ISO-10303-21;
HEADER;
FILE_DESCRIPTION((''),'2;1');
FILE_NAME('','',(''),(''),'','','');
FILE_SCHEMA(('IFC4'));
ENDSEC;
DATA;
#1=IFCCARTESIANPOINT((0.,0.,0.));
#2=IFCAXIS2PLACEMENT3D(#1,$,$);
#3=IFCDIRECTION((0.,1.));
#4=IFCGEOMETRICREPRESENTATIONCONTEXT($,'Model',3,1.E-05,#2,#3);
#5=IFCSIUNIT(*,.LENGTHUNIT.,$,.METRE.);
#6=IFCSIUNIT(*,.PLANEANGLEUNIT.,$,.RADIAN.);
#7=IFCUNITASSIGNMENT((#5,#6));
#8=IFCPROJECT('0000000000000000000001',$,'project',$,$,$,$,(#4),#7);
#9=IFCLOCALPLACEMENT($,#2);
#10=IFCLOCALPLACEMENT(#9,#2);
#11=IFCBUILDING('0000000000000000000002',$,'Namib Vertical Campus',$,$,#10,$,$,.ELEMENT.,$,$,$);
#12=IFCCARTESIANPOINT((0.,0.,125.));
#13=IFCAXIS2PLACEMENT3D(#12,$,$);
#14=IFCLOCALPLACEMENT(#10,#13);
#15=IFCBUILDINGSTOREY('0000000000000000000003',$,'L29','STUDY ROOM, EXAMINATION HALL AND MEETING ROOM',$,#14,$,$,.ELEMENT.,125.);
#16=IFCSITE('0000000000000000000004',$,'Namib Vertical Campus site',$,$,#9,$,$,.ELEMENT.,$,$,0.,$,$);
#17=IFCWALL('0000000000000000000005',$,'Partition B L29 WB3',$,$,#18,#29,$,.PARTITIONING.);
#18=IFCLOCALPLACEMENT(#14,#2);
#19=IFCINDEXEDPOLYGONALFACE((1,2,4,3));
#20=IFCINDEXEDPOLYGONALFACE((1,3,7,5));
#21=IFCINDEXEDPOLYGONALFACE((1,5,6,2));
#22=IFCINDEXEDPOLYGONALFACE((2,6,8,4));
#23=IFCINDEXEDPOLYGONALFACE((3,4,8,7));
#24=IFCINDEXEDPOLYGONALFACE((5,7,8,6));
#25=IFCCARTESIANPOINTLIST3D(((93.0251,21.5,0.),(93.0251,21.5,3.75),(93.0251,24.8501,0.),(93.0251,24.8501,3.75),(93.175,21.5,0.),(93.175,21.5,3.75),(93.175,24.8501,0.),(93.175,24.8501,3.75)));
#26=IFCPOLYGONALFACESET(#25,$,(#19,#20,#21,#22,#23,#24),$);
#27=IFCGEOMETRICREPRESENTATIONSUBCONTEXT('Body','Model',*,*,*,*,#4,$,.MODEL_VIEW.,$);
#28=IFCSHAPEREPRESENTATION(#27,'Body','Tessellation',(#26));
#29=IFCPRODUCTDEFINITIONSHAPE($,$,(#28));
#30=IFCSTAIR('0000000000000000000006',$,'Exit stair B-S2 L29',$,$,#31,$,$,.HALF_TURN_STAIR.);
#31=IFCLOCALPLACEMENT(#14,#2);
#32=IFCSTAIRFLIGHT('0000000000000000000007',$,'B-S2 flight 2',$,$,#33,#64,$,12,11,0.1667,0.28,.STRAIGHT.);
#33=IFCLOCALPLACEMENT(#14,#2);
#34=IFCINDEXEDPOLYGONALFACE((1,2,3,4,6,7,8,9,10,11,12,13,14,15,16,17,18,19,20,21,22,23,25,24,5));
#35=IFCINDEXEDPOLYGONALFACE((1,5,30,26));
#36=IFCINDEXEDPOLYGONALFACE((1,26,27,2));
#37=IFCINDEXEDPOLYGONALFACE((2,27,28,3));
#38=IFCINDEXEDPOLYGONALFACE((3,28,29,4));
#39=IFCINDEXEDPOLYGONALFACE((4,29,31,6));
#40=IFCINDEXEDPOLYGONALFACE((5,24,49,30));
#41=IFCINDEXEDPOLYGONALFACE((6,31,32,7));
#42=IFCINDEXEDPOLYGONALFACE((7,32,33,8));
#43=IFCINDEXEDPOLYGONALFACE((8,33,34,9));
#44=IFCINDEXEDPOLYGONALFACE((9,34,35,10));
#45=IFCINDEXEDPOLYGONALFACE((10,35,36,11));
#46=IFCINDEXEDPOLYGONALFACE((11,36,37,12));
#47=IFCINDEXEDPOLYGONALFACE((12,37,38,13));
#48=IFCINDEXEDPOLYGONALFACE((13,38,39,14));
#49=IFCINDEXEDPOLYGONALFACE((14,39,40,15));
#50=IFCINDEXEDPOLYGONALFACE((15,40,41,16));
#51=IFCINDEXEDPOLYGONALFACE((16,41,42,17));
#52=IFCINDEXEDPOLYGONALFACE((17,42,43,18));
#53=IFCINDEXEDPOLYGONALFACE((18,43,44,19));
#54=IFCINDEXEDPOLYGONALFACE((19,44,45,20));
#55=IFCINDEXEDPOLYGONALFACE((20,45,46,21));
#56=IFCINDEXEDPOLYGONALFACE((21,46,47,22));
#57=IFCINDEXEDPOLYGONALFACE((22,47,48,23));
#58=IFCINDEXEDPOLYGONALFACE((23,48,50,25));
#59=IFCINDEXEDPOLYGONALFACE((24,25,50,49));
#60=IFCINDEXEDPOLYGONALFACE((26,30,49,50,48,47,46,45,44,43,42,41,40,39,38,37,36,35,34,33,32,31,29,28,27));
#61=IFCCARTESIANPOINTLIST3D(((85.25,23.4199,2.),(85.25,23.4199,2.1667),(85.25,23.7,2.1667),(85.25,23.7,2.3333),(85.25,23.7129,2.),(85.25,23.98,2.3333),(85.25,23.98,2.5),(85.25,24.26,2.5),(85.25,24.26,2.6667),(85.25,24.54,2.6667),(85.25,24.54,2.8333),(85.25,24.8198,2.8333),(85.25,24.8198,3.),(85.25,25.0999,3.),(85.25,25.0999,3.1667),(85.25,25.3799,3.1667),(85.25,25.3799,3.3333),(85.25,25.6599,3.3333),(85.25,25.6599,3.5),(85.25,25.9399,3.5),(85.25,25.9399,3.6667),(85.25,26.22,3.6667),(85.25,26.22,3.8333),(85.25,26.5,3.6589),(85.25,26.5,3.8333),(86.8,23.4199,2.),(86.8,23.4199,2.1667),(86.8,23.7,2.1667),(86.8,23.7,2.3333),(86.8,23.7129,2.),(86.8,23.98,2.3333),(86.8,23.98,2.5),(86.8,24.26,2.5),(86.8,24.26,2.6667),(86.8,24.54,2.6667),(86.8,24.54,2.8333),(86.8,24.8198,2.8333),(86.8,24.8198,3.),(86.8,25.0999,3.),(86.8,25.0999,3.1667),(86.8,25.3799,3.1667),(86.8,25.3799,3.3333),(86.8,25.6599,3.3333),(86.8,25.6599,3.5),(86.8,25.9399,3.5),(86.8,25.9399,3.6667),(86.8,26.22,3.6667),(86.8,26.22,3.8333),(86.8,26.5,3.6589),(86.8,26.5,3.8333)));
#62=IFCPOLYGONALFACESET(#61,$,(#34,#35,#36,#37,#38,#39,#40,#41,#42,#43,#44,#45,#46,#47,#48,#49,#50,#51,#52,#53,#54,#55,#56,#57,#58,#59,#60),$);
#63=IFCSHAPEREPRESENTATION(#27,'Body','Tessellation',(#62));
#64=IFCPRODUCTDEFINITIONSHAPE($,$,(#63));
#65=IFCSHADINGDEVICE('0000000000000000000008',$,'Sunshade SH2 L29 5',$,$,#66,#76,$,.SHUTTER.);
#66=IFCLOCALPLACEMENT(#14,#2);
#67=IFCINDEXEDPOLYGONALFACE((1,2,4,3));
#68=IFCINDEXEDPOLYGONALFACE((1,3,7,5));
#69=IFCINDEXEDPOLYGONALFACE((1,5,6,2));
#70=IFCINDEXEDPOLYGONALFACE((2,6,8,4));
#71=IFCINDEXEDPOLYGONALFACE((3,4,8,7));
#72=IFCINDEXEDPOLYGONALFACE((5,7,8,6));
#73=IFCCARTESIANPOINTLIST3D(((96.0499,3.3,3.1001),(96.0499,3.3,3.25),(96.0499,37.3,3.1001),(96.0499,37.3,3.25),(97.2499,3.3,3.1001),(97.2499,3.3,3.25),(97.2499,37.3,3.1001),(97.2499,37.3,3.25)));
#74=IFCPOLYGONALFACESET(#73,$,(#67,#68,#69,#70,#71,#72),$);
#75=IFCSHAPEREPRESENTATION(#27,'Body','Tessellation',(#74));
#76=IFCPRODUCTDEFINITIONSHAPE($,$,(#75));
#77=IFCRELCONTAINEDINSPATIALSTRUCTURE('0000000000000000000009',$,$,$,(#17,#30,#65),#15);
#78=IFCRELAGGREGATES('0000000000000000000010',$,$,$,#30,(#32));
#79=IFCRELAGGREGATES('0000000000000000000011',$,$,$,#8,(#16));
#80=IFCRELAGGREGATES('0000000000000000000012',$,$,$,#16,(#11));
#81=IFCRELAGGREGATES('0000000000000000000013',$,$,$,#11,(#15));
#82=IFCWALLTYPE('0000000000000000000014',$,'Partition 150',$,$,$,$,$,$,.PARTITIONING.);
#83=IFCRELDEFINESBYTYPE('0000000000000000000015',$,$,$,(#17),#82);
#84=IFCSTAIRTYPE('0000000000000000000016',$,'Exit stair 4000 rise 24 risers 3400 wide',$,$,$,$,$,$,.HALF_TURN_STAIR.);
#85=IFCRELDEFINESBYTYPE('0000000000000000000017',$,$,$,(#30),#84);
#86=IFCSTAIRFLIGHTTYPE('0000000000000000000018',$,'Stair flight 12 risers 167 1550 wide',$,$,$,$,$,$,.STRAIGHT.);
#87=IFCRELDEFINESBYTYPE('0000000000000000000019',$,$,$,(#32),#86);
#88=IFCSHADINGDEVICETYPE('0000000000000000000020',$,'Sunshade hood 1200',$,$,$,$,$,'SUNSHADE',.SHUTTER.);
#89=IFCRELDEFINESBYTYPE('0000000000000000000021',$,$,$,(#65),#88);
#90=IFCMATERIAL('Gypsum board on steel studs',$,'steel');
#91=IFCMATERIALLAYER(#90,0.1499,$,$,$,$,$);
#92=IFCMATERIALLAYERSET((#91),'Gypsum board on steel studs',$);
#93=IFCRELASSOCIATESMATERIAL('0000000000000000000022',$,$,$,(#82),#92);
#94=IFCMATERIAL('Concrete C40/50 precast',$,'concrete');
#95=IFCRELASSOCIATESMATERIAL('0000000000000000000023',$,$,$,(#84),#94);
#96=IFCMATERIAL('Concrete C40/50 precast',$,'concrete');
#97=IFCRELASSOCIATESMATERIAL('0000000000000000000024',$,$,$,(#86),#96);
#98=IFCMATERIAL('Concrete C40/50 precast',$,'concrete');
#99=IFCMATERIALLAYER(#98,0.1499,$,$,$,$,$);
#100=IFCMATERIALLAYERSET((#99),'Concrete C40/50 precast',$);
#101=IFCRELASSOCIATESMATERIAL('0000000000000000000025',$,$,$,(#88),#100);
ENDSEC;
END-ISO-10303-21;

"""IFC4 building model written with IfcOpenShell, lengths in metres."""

from ifc_helpers import new_model, si_unit, direction, frame, frame_2d, origin, origin_2d, place, context, subcontext, project, spatial, polyline, rectangle, outline, extrude, material, layer, layer_set, type_object, element, aggregate, save


model = new_model("IFC4")

# Units and contexts
model_context = context("Model", 3, precision=1e-05, world=origin(), true_north=direction((0.0, 1.0)))
body_context = subcontext(model_context, "Body", "Model", "MODEL_VIEW")
ifc_project = project(units=[si_unit("LENGTHUNIT", "METRE"), si_unit("PLANEANGLEUNIT", "RADIAN")], contexts=[model_context])

# Site, building, storey
site_placement = place(None, origin())
site = spatial("IfcSite", under=ifc_project, at=site_placement, Name="Namib Vertical Campus site", CompositionType="ELEMENT", RefElevation=0.0)
building_placement = place(site_placement, origin())
building = spatial("IfcBuilding", under=site, at=building_placement, Name="Namib Vertical Campus", CompositionType="ELEMENT")
storey_placement = place(building_placement, frame((0.0, 0.0, 125.0)))
storey = spatial("IfcBuildingStorey", under=building, at=storey_placement, Name="L29", Description="STUDY ROOM, EXAMINATION HALL AND MEETING ROOM", CompositionType="ELEMENT", Elevation=125.0)

# Wall
ifc_material_1 = material(Name="Gypsum board on steel studs", Category="steel")
ifc_layer_1 = layer(ifc_material_1, 0.1499)
ifc_layer_set_1 = layer_set([ifc_layer_1], Name="Gypsum board on steel studs")
wall_type_1 = type_object("IfcWallType", Name="Partition 150", PredefinedType="PARTITIONING", material=ifc_layer_set_1)
wall_1_placement = place(storey_placement, frame((93.1001, 21.5, 0.0), z_axis=(0.0, 0.0, 1.0), x_axis=(0.0, 1.0, 0.0)))
element("IfcWall", 1, at=wall_1_placement, inside=storey, type_object=wall_type_1, Name="Partition B L29 WB3", PredefinedType="PARTITIONING", context=body_context, shape_type="SweptSolid", body=[
    extrude(rectangle(XDim=3.3501, YDim=0.1499, at=frame_2d((1.675, 0.0))), origin(), (0.0, 0.0, 1.0), 3.75),
])

# Stair, stair flight
ifc_material_2 = material(Name="Concrete C40/50 precast", Category="concrete")
stair_type = type_object("IfcStairType", Name="Exit stair 4000 rise 24 risers 3400 wide", PredefinedType="HALF_TURN_STAIR", material=ifc_material_2)
stair_placement = place(storey_placement, origin())
stair = element("IfcStair", 2, at=stair_placement, inside=storey, type_object=stair_type, Name="Exit stair B-S2 L29", PredefinedType="HALF_TURN_STAIR")
ifc_material_3 = material(Name="Concrete C40/50 precast", Category="concrete")
stair_flight_type = type_object("IfcStairFlightType", Name="Stair flight 12 risers 167 1550 wide", PredefinedType="STRAIGHT", material=ifc_material_3)
stair_flight_placement = place(storey_placement, frame((86.0249, 23.4199, 2.0), z_axis=(0.0, 0.0, 1.0), x_axis=(0.0, 1.0, 0.0)))
stair_flight = element("IfcStairFlight", 3, at=stair_flight_placement, type_object=stair_flight_type, Name="B-S2 flight 2", NumberOfRisers=12, NumberOfTreads=11, PredefinedType="STRAIGHT", RiserHeight=0.1667, TreadLength=0.28, context=body_context, shape_type="SweptSolid", body=[
    extrude(outline(polyline([(0.0, 0.0), (0.0, 0.1667), (0.28, 0.1667), (0.28, 0.3333), (0.5601, 0.3333), (0.5601, 0.5), (0.8401, 0.5), (0.8401, 0.6667), (1.1201, 0.6667), (1.1201, 0.8333), (1.3999, 0.8333), (1.3999, 1.0), (1.6799, 1.0), (1.6799, 1.1667), (1.96, 1.1667), (1.96, 1.3333), (2.24, 1.3333), (2.24, 1.5), (2.52, 1.5), (2.52, 1.6667), (2.8, 1.6667), (2.8, 1.8333), (3.0801, 1.8333), (3.0801, 2.0), (3.0801, 1.6589), (0.293, 0.0), (0.0, 0.0)])), frame((0.0, 0.7749, 0.0), z_axis=(0.0, -1.0, 0.0), x_axis=(1.0, 0.0, 0.0)), (0.0, 0.0, 1.0), 1.55),
])
aggregate(stair, [stair_flight])

# Shading device
ifc_material_4 = material(Name="Concrete C40/50 precast", Category="concrete")
ifc_layer_2 = layer(ifc_material_4, 0.1499)
ifc_layer_set_2 = layer_set([ifc_layer_2], Name="Concrete C40/50 precast")
shading_device_type = type_object("IfcShadingDeviceType", Name="Sunshade hood 1200", ElementType="SUNSHADE", PredefinedType="SHUTTER", material=ifc_layer_set_2)
shading_device_placement = place(storey_placement, frame((96.6499, 20.3, 3.1001), z_axis=(0.0, 0.0, 1.0), x_axis=(0.0, 1.0, 0.0)))
element("IfcShadingDevice", 4, at=shading_device_placement, inside=storey, type_object=shading_device_type, Name="Sunshade SH2 L29 5", PredefinedType="SHUTTER", context=body_context, shape_type="SweptSolid", body=[
    extrude(rectangle(XDim=34.0, YDim=1.2, at=origin_2d()), origin(), (0.0, 0.0, 1.0), 0.1499),
])

save(model, "model.ifc")
